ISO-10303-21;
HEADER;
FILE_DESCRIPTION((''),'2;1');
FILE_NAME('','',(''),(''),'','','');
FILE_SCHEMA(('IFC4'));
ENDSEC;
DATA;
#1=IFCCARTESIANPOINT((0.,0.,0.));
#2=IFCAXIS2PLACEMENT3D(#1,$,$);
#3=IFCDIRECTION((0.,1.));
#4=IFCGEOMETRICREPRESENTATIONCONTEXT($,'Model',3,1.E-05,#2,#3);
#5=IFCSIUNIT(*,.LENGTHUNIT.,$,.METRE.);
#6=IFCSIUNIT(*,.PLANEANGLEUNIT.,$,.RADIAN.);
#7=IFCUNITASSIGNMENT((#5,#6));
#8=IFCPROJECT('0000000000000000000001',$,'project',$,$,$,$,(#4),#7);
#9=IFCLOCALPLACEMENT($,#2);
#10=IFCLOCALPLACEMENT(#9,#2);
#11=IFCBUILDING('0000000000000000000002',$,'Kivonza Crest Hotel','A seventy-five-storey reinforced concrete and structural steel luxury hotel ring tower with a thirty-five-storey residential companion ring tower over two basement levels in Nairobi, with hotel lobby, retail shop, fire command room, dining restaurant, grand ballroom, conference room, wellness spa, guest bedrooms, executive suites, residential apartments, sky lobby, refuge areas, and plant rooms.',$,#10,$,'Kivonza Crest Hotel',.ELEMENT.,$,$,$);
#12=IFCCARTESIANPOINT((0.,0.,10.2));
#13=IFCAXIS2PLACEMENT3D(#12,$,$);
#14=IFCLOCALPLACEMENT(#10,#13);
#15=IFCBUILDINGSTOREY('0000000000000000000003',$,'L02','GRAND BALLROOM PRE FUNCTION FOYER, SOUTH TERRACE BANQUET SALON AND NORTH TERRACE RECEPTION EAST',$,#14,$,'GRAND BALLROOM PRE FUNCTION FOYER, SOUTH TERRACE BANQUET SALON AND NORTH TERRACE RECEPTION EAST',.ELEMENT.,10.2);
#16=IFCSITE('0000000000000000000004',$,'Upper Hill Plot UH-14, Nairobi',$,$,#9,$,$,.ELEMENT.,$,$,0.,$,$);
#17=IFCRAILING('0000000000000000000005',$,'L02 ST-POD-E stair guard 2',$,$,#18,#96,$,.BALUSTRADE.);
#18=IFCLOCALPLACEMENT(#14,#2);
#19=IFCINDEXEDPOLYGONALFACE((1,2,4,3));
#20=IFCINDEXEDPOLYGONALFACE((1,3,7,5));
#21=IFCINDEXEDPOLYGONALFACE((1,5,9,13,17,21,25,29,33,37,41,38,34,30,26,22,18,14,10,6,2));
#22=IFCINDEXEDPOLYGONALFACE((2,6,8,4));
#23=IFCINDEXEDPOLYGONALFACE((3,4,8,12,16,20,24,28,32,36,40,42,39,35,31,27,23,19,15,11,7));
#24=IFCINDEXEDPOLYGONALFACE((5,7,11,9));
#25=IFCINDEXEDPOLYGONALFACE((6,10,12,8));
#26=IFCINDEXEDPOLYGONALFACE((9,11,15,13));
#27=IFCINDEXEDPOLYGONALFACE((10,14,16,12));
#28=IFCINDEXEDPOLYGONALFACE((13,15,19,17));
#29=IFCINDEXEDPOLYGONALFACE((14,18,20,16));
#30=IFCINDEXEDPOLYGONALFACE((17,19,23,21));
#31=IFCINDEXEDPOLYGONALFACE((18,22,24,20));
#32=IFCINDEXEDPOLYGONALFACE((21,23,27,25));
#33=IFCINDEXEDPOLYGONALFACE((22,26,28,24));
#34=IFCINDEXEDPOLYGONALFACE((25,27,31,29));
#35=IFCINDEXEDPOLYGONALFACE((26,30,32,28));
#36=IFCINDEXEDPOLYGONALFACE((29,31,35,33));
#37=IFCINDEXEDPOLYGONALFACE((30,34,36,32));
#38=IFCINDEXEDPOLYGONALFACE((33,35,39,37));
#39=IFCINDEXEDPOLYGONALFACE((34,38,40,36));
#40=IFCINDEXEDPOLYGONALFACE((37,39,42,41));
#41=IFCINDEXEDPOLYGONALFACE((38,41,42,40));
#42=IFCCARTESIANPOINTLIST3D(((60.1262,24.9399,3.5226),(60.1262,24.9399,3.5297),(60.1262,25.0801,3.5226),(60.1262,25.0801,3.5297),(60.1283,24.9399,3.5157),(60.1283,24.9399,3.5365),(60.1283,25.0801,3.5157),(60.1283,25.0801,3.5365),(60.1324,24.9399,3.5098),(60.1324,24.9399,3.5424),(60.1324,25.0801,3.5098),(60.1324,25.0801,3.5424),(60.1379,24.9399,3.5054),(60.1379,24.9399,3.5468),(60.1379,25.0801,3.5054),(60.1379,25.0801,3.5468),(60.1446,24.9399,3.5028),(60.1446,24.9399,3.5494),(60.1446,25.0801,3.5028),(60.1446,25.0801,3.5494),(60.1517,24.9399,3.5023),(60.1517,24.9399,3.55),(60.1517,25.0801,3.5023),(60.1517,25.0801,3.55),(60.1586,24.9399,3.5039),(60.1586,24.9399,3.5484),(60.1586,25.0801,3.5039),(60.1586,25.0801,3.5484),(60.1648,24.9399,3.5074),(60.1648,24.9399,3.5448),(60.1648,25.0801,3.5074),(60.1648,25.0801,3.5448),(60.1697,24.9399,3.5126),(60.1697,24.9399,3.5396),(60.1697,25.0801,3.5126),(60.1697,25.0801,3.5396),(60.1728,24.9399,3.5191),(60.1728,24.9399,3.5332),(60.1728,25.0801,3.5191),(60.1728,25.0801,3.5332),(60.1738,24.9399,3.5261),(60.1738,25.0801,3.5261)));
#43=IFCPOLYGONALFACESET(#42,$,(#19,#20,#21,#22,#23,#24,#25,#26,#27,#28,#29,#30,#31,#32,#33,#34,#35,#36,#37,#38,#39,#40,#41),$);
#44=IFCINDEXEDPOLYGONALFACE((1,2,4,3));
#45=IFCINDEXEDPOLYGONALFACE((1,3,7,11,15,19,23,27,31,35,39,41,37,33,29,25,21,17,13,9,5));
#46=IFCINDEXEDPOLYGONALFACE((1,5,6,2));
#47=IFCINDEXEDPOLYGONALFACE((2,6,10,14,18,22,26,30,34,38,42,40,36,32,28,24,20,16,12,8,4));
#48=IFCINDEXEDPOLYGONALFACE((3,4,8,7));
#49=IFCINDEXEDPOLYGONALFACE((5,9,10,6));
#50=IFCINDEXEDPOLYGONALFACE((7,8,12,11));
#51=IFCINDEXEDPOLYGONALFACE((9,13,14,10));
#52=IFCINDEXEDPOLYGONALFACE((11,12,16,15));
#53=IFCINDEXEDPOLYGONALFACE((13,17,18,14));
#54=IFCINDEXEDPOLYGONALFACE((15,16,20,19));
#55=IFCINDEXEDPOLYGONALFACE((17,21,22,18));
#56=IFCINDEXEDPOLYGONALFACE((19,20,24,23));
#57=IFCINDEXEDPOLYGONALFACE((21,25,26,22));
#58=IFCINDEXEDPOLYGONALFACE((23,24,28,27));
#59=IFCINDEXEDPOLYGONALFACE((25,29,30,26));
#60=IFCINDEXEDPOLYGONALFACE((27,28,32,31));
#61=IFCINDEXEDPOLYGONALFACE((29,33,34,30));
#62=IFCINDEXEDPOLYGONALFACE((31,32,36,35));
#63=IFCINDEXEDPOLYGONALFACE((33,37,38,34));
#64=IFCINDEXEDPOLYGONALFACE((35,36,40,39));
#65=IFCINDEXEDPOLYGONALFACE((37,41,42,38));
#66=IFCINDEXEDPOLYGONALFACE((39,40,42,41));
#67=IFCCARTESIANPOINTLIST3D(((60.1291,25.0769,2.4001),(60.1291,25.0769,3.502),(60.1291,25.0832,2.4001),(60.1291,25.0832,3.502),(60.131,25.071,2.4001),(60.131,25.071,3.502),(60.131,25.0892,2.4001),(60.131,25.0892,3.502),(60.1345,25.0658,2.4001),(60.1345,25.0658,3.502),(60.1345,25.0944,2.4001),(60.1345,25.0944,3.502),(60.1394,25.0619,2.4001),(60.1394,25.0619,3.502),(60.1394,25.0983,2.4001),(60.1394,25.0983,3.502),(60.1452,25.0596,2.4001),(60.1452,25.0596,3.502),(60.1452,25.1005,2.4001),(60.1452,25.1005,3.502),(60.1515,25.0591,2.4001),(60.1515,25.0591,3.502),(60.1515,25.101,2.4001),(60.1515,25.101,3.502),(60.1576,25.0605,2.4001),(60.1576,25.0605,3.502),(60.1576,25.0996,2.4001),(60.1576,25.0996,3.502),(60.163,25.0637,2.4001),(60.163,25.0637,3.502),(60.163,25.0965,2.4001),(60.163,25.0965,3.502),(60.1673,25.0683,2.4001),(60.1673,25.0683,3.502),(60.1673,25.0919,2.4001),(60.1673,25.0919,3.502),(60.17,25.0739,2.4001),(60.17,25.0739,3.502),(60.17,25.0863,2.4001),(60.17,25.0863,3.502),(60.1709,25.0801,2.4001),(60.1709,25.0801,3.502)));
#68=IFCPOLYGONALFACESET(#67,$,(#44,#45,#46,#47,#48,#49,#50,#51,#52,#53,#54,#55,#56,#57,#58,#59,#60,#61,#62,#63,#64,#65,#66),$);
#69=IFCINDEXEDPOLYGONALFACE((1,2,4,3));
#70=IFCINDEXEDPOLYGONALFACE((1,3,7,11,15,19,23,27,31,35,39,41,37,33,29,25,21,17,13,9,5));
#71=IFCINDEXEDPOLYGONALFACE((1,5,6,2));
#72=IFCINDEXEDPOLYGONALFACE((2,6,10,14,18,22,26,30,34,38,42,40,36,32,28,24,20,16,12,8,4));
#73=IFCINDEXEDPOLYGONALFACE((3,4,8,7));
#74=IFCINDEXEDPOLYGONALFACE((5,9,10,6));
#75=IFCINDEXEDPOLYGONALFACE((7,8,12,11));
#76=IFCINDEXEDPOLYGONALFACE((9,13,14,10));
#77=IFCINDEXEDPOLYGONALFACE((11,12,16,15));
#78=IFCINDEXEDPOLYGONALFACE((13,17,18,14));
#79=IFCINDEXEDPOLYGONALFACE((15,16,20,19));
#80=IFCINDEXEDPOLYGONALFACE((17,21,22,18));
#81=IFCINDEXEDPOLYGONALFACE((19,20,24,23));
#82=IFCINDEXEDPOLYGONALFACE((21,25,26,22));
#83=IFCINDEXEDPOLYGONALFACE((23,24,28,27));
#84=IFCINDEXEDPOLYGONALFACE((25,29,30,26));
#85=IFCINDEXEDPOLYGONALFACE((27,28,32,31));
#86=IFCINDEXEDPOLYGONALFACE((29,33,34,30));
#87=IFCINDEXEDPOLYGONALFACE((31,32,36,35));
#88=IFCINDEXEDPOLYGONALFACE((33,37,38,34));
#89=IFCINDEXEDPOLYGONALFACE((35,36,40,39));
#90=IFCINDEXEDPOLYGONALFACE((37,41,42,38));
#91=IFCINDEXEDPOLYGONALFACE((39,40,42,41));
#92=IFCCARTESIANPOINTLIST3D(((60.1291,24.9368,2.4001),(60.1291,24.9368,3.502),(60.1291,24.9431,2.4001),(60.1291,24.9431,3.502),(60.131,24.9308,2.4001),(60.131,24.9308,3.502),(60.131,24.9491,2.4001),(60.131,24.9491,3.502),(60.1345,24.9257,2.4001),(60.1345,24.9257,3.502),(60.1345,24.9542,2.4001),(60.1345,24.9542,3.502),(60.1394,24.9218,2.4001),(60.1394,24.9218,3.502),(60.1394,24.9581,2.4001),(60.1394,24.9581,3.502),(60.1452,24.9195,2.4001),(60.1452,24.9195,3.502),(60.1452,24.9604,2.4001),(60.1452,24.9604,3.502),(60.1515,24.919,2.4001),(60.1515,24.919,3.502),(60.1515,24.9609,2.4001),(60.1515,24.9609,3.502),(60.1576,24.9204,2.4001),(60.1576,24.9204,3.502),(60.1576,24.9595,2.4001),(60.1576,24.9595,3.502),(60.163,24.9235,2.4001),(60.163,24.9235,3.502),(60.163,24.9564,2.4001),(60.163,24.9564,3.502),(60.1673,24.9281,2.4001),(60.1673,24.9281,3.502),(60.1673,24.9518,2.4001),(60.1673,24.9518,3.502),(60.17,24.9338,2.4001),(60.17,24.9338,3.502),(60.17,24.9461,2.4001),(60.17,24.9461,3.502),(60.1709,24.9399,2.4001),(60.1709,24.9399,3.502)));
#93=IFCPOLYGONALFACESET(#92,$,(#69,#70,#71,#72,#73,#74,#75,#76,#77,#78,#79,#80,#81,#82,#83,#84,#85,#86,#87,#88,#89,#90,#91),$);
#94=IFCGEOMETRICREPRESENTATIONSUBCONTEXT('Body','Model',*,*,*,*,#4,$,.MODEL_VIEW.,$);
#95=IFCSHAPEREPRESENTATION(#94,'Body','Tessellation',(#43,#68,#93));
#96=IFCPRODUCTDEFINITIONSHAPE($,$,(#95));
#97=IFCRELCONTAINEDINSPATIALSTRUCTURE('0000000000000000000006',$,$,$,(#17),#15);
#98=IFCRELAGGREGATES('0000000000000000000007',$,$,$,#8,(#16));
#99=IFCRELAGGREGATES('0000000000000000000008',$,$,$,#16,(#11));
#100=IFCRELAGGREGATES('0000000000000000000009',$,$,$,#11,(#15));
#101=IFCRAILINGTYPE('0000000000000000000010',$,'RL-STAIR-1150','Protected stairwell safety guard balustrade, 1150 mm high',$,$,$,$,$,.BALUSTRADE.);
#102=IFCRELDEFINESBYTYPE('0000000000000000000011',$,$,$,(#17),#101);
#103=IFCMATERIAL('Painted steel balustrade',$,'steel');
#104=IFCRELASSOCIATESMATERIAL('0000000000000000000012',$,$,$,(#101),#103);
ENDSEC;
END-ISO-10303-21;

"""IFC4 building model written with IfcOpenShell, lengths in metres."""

from ifc_helpers import new_model, si_unit, direction, frame, origin, origin_2d, place, context, subcontext, project, spatial, circle, extrude, material, type_object, element, save


model = new_model("IFC4")

# Units and contexts
model_context = context("Model", 3, precision=1e-05, world=origin(), true_north=direction((0.0, 1.0)))
body_context = subcontext(model_context, "Body", "Model", "MODEL_VIEW")
ifc_project = project(units=[si_unit("LENGTHUNIT", "METRE"), si_unit("PLANEANGLEUNIT", "RADIAN")], contexts=[model_context])

# Site, building, storey
site_placement = place(None, origin())
site = spatial("IfcSite", under=ifc_project, at=site_placement, Name="Upper Hill Plot UH-14, Nairobi", CompositionType="ELEMENT", RefElevation=0.0)
building_placement = place(site_placement, origin())
building = spatial("IfcBuilding", under=site, at=building_placement, Name="Kivonza Crest Hotel", Description="A seventy-five-storey reinforced concrete and structural steel luxury hotel ring tower with a thirty-five-storey residential companion ring tower over two basement levels in Nairobi, with hotel lobby, retail shop, fire command room, dining restaurant, grand ballroom, conference room, wellness spa, guest bedrooms, executive suites, residential apartments, sky lobby, refuge areas, and plant rooms.", LongName="Kivonza Crest Hotel", CompositionType="ELEMENT")
storey_placement = place(building_placement, frame((0.0, 0.0, 10.2)))
storey = spatial("IfcBuildingStorey", under=building, at=storey_placement, Name="L02", Description="GRAND BALLROOM PRE FUNCTION FOYER, SOUTH TERRACE BANQUET SALON AND NORTH TERRACE RECEPTION EAST", LongName="GRAND BALLROOM PRE FUNCTION FOYER, SOUTH TERRACE BANQUET SALON AND NORTH TERRACE RECEPTION EAST", CompositionType="ELEMENT", Elevation=10.2)

# Railing
ifc_material_1 = material(Name="Painted steel balustrade", Category="steel")
railing_type_1 = type_object("IfcRailingType", Name="RL-STAIR-1150", Description="Protected stairwell safety guard balustrade, 1150 mm high", PredefinedType="BALUSTRADE", material=ifc_material_1)
railing_1_placement = place(storey_placement, frame((60.1499, 25.0801, 2.4001)))
element("IfcRailing", 1, at=railing_1_placement, inside=storey, type_object=railing_type_1, Name="L02 ST-POD-E stair guard 2", PredefinedType="BALUSTRADE", context=body_context, shape_type="SweptSolid", body=[
    extrude(circle(Radius=0.0239, at=origin_2d()), frame((0.0, 0.0, 1.126), z_axis=(0.0, -1.0, 0.0), x_axis=(1.0, 0.0, 0.0)), (0.0, 0.0, 1.0), 0.1401),
    extrude(circle(Radius=0.021, at=origin_2d()), origin(), (0.0, 0.0, 1.0), 1.1018),
    extrude(circle(Radius=0.021, at=origin_2d()), frame((0.0, -0.1401, 0.0)), (0.0, 0.0, 1.0), 1.1018),
])

save(model, "model.ifc")
